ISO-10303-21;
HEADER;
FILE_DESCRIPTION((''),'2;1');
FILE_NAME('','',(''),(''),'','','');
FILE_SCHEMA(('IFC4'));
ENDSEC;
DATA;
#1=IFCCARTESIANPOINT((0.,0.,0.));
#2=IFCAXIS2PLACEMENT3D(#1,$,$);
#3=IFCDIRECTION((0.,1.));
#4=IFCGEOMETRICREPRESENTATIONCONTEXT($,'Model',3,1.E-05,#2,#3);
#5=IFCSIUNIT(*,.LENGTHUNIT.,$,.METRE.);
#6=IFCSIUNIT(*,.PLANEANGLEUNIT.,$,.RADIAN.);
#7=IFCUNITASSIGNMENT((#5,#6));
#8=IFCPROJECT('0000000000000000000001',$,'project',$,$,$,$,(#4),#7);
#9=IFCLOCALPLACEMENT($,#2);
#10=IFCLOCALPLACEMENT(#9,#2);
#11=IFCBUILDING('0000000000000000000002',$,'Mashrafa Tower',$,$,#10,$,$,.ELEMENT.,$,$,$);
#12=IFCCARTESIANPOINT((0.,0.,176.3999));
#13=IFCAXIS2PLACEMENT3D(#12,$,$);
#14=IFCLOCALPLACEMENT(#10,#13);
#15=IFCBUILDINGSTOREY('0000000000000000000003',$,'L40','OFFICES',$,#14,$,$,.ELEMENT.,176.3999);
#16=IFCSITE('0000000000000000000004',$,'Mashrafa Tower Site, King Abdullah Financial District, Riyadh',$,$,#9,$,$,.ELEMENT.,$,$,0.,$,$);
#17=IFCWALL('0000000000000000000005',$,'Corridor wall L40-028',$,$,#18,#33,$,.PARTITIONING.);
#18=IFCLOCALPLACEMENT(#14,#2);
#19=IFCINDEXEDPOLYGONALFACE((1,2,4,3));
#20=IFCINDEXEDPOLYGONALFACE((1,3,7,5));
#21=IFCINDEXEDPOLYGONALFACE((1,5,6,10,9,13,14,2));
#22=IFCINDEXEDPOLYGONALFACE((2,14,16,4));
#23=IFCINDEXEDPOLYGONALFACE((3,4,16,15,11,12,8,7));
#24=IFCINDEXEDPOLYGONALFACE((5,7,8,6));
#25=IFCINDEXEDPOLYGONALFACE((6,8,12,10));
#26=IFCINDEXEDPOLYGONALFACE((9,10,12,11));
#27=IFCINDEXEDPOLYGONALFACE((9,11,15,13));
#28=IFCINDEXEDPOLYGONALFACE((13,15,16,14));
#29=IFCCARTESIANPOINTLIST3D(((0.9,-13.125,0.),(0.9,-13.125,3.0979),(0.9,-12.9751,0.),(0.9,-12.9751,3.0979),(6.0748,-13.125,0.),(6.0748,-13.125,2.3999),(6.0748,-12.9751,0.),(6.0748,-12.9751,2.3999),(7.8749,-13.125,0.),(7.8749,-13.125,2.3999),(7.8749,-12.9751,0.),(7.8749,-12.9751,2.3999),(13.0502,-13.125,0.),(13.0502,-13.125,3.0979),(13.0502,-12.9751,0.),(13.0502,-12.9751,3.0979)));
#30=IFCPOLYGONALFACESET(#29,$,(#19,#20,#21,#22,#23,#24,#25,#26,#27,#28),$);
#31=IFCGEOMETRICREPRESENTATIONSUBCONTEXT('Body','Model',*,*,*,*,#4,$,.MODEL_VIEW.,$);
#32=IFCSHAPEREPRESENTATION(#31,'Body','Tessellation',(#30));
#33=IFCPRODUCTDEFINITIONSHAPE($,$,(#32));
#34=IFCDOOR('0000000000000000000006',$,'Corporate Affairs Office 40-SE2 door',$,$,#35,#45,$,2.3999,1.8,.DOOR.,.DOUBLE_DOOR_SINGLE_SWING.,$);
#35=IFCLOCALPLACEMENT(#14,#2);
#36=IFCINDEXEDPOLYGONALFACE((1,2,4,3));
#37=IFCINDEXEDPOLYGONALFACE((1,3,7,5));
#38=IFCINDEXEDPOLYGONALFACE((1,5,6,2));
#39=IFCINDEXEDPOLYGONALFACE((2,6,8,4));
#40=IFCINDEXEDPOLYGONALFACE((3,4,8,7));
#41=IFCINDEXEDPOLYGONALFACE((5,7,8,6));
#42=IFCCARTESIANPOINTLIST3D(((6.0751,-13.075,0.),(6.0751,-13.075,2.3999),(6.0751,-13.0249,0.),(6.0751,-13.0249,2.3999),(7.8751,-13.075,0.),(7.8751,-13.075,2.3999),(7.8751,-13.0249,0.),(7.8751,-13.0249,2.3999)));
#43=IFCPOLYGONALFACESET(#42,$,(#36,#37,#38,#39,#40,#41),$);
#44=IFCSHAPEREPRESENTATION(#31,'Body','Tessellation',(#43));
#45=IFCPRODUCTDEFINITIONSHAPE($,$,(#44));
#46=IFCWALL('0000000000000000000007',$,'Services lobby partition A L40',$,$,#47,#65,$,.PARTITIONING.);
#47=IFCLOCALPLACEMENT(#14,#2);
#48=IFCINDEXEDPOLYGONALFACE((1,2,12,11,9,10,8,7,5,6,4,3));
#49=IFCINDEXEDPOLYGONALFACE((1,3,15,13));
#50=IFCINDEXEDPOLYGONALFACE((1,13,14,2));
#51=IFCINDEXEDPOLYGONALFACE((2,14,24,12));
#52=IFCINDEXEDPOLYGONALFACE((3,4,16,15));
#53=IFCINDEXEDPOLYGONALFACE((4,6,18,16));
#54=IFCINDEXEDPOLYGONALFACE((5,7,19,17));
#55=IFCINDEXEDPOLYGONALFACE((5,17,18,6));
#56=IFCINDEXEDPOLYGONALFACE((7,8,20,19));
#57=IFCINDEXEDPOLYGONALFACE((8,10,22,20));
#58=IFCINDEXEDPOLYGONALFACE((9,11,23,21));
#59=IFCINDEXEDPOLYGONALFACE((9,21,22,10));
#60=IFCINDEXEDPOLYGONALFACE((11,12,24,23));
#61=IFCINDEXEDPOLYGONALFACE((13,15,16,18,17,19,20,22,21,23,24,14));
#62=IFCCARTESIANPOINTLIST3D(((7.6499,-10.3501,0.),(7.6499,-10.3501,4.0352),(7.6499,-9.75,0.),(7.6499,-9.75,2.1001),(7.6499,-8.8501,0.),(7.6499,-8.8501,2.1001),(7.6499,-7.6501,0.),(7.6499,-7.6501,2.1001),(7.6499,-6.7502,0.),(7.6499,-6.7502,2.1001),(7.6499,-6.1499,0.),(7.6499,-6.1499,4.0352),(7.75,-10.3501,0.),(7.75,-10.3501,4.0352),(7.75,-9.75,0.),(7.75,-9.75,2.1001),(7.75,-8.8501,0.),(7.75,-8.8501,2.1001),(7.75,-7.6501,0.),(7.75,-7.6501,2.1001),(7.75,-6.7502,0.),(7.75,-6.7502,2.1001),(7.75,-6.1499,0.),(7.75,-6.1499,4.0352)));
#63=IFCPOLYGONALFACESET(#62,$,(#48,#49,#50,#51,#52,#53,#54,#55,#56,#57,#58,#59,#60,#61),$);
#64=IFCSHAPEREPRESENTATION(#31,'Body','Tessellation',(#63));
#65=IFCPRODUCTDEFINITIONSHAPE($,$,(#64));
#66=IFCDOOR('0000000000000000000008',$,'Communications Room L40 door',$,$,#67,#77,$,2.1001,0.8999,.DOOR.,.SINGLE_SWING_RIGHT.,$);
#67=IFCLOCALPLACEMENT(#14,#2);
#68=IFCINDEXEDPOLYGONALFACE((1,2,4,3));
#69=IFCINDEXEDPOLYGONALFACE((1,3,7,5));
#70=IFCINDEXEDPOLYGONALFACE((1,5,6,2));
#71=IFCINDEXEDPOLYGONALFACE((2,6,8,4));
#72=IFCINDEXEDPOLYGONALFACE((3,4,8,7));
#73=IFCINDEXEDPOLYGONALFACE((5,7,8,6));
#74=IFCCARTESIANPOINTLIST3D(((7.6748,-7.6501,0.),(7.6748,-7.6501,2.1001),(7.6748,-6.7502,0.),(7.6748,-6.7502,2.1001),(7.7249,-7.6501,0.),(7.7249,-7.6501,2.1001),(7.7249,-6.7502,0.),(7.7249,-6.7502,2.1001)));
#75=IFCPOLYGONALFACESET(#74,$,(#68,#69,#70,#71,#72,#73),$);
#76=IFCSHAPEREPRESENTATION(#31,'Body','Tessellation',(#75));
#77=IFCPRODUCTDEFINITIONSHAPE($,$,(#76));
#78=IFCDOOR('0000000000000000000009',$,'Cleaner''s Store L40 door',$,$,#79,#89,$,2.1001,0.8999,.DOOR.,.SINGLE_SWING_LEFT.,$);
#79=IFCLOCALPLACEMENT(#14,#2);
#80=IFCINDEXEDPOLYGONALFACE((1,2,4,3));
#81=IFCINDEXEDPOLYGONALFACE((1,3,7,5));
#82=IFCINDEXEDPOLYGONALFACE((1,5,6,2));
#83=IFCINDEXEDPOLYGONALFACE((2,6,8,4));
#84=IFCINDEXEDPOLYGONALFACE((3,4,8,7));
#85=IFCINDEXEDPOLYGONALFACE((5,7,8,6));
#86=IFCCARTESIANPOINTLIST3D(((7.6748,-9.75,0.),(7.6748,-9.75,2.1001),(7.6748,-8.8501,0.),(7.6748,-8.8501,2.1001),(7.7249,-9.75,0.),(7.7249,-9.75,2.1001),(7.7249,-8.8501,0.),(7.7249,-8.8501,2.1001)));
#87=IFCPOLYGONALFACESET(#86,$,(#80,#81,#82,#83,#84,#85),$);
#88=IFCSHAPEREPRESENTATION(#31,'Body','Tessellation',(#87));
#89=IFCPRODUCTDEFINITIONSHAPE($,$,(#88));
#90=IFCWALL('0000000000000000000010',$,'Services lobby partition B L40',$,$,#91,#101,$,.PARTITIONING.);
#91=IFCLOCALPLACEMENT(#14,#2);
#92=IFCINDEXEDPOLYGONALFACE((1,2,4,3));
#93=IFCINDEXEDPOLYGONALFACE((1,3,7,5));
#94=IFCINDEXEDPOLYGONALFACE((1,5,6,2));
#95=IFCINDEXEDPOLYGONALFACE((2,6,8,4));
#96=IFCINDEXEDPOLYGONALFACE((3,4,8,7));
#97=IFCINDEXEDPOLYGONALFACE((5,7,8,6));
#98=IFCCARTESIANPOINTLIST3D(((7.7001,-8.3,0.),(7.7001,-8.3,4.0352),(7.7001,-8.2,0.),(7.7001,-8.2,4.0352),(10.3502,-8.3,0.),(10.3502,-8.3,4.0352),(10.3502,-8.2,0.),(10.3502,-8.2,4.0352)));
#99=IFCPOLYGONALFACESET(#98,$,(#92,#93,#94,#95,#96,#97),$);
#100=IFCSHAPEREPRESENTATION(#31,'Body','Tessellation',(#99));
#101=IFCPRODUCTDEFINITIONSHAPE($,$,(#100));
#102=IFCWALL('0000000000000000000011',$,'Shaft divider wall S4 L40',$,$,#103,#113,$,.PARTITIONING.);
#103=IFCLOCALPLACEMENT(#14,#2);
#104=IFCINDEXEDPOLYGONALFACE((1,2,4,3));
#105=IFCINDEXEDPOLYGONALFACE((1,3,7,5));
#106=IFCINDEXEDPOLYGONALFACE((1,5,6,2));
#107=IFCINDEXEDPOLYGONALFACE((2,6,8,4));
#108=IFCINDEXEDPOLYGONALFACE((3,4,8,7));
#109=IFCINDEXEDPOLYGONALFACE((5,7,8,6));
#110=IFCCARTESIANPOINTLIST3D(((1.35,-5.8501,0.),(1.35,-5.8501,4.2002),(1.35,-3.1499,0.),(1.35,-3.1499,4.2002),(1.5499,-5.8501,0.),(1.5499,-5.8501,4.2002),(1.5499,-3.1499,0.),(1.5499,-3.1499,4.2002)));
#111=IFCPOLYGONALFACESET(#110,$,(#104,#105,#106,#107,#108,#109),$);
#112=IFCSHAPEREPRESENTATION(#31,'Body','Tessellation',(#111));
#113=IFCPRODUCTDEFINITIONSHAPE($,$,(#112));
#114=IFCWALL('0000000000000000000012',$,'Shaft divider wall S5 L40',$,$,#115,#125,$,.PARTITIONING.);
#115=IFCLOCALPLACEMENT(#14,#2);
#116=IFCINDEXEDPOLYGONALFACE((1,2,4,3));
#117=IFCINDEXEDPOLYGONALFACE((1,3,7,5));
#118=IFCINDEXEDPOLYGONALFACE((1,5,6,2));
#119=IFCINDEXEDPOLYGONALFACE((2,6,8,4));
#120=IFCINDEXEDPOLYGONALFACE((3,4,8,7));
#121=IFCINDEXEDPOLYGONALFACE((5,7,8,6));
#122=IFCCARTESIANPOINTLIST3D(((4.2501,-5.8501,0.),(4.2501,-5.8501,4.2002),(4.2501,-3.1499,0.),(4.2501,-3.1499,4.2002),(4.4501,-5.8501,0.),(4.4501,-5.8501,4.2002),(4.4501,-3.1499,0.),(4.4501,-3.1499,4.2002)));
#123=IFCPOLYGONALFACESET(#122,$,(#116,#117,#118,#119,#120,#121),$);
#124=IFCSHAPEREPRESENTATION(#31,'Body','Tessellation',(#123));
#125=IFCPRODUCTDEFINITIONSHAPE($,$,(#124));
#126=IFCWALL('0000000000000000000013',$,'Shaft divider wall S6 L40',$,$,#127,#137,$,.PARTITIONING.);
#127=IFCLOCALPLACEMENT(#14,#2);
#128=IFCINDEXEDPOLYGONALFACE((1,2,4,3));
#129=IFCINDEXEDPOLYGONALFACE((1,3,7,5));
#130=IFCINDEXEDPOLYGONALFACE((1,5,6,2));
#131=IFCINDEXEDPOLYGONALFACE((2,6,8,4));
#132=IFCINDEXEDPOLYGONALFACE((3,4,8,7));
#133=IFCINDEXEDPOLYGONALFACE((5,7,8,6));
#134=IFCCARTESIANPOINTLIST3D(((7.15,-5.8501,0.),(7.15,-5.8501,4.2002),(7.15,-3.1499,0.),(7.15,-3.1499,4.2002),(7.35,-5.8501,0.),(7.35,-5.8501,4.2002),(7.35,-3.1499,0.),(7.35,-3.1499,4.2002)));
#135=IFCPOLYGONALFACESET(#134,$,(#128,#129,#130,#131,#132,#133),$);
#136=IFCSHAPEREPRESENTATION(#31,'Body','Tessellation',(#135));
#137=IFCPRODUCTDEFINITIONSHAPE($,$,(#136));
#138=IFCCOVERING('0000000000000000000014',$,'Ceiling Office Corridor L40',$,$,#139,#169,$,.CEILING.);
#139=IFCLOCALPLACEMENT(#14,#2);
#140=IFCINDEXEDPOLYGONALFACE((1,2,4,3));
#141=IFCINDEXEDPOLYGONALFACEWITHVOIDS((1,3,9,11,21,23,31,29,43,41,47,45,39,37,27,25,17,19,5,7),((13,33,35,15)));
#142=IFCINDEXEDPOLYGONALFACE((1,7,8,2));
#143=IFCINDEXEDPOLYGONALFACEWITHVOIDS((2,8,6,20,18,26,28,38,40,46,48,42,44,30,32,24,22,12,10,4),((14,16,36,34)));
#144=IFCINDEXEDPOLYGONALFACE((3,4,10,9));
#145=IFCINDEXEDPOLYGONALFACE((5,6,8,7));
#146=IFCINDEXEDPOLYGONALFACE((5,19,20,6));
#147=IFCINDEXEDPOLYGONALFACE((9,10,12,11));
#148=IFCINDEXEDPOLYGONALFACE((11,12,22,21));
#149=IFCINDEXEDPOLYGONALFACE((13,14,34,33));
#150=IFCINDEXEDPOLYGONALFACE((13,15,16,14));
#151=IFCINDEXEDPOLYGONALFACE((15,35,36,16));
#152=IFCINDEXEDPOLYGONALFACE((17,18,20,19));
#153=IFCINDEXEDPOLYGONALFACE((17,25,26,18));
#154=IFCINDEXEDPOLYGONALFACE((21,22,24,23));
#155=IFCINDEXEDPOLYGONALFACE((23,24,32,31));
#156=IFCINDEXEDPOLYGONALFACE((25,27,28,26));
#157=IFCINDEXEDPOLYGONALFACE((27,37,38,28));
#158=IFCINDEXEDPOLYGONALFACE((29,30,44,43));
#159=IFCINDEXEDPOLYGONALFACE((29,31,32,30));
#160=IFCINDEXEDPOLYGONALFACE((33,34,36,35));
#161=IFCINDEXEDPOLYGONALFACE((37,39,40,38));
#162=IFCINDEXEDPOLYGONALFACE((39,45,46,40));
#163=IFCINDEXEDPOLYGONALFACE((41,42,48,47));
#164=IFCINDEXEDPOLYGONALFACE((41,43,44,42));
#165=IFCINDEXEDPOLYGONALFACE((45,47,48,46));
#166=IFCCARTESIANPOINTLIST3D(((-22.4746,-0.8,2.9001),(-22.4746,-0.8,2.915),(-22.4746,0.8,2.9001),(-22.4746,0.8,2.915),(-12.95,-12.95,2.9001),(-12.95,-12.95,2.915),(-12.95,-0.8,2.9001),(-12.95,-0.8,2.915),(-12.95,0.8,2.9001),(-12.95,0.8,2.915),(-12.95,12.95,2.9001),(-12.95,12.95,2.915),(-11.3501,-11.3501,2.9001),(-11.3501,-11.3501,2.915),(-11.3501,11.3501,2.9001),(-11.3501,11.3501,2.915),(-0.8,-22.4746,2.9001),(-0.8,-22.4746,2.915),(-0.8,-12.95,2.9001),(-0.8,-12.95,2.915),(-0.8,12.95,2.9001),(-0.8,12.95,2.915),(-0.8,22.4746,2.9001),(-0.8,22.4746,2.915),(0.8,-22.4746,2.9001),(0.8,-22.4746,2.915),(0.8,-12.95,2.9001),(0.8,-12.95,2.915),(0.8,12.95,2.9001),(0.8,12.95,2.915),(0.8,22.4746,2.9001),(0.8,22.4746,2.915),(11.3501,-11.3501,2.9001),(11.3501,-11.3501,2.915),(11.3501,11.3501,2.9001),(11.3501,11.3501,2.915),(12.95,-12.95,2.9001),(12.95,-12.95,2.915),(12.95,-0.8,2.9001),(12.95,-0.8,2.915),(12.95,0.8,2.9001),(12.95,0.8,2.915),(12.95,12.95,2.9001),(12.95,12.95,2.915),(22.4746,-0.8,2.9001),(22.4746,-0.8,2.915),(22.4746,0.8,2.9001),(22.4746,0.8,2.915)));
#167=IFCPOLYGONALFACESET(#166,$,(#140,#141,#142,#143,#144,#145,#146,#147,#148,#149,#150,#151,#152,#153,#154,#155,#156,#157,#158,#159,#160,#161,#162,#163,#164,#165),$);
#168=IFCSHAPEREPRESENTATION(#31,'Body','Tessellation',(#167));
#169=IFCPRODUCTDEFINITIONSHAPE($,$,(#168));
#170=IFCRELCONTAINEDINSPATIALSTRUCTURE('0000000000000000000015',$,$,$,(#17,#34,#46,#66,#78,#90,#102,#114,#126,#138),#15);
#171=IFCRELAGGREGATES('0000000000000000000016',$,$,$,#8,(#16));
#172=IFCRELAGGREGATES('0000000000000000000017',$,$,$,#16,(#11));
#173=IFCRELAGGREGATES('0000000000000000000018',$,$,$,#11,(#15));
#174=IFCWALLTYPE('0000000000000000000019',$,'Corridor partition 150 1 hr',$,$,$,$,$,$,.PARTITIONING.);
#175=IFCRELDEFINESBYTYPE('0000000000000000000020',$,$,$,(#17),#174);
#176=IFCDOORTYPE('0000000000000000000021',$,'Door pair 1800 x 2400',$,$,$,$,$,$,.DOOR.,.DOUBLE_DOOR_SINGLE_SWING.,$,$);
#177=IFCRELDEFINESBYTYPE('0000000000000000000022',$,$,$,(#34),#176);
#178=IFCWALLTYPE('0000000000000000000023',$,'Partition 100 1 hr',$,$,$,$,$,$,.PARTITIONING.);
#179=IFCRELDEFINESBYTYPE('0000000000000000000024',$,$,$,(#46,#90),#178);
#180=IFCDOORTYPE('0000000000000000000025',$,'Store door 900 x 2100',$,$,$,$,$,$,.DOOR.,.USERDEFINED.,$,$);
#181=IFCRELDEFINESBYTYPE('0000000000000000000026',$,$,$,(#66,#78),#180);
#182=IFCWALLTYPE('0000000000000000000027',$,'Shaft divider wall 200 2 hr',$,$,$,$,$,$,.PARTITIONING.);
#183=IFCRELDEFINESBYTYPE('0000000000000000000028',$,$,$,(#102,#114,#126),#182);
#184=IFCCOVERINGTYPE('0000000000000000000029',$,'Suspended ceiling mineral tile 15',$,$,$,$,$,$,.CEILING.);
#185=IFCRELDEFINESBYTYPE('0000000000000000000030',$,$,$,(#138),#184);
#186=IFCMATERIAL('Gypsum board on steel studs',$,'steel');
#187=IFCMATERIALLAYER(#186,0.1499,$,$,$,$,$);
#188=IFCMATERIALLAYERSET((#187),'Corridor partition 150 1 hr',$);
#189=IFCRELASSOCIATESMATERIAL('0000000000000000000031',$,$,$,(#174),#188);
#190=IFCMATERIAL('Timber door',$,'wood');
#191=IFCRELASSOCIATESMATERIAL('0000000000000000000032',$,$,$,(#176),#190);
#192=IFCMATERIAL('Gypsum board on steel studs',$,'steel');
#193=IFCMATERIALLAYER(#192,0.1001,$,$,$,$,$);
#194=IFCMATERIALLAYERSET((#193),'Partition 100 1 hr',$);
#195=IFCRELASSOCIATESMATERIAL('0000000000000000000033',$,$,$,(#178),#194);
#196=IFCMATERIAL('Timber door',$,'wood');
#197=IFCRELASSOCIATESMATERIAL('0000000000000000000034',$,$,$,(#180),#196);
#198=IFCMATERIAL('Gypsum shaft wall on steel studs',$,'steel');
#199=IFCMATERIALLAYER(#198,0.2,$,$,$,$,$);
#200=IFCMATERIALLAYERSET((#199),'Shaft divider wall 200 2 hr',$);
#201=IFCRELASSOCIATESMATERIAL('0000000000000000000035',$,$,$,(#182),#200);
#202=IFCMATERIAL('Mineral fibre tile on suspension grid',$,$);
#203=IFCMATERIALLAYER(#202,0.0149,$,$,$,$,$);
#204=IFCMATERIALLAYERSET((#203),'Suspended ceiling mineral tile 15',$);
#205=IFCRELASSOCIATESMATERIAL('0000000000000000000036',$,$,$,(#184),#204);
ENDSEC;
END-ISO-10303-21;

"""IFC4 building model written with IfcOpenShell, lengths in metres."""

from ifc_helpers import new_model, si_unit, direction, frame, frame_2d, origin, place, context, subcontext, project, spatial, polyline, rectangle, outline, extrude, material, layer, layer_set, type_object, element, fill, save


model = new_model("IFC4")

# Units and contexts
model_context = context("Model", 3, precision=1e-05, world=origin(), true_north=direction((0.0, 1.0)))
body_context = subcontext(model_context, "Body", "Model", "MODEL_VIEW")
ifc_project = project(units=[si_unit("LENGTHUNIT", "METRE"), si_unit("PLANEANGLEUNIT", "RADIAN")], contexts=[model_context])

# Site, building, storey
site_placement = place(None, origin())
site = spatial("IfcSite", under=ifc_project, at=site_placement, Name="Mashrafa Tower Site, King Abdullah Financial District, Riyadh", CompositionType="ELEMENT", RefElevation=0.0)
building_placement = place(site_placement, origin())
building = spatial("IfcBuilding", under=site, at=building_placement, Name="Mashrafa Tower", CompositionType="ELEMENT")
storey_placement = place(building_placement, frame((0.0, 0.0, 176.3999)))
storey = spatial("IfcBuildingStorey", under=building, at=storey_placement, Name="L40", Description="OFFICES", CompositionType="ELEMENT", Elevation=176.3999)

# Wall, opening, door
ifc_material_1 = material(Name="Gypsum board on steel studs", Category="steel")
ifc_layer_1 = layer(ifc_material_1, 0.1499)
ifc_layer_set_1 = layer_set([ifc_layer_1], Name="Corridor partition 150 1 hr")
wall_type_1 = type_object("IfcWallType", Name="Corridor partition 150 1 hr", PredefinedType="PARTITIONING", material=ifc_layer_set_1)
wall_1_placement = place(storey_placement, frame((0.8999, -13.05, 0.0), z_axis=(0.0, 0.0, 1.0), x_axis=(1.0, 0.0, 0.0)))
wall_1 = element("IfcWall", 1, at=wall_1_placement, inside=storey, type_object=wall_type_1, Name="Corridor wall L40-028", PredefinedType="PARTITIONING", context=body_context, shape_type="SweptSolid", body=[
    extrude(rectangle(XDim=12.1501, YDim=0.1499, at=frame_2d((6.0752, 0.0))), origin(), (0.0, 0.0, 1.0), 3.0979),
])
opening_1_placement = place(wall_1_placement, frame((5.175, 0.0, 0.0)))
opening_1 = element("IfcOpeningElement", 2, at=opening_1_placement, cuts=wall_1, PredefinedType="OPENING", context=body_context, shape_type="SweptSolid", body=[
    extrude(rectangle(XDim=1.8, YDim=2.3999, at=frame_2d((0.8999, 1.2))), frame((0.0, 0.085, 0.0), z_axis=(0.0, -1.0, 0.0), x_axis=(1.0, 0.0, 0.0)), (0.0, 0.0, 1.0), 0.1699),
])
ifc_material_2 = material(Name="Timber door", Category="wood")
door_type_1 = type_object("IfcDoorType", Name="Door pair 1800 x 2400", OperationType="DOUBLE_DOOR_SINGLE_SWING", PredefinedType="DOOR", material=ifc_material_2)
door_1_placement = place(opening_1_placement, frame((1.8, 0.0, 0.0), z_axis=(0.0, 0.0, 1.0), x_axis=(-1.0, 0.0, 0.0)))
door_1 = element("IfcDoor", 3, at=door_1_placement, inside=storey, type_object=door_type_1, Name="Corporate Affairs Office 40-SE2 door", OperationType="DOUBLE_DOOR_SINGLE_SWING", OverallHeight=2.3999, OverallWidth=1.8, PredefinedType="DOOR", context=body_context, shape_type="SweptSolid", body=[
    extrude(rectangle(XDim=1.8, YDim=2.3999, at=frame_2d((0.8999, 1.2))), frame((0.0, 0.0249, 0.0), z_axis=(0.0, -1.0, 0.0), x_axis=(1.0, 0.0, 0.0)), (0.0, 0.0, 1.0), 0.05),
])
fill(opening_1, door_1)

# Wall, openings, doors
ifc_material_3 = material(Name="Gypsum board on steel studs", Category="steel")
ifc_layer_2 = layer(ifc_material_3, 0.1001)
ifc_layer_set_2 = layer_set([ifc_layer_2], Name="Partition 100 1 hr")
wall_type_2 = type_object("IfcWallType", Name="Partition 100 1 hr", PredefinedType="PARTITIONING", material=ifc_layer_set_2)
wall_2_placement = place(storey_placement, frame((7.7, -10.3501, 0.0), z_axis=(0.0, 0.0, 1.0), x_axis=(0.0, 1.0, 0.0)))
wall_2 = element("IfcWall", 4, at=wall_2_placement, inside=storey, type_object=wall_type_2, Name="Services lobby partition A L40", PredefinedType="PARTITIONING", context=body_context, shape_type="SweptSolid", body=[
    extrude(rectangle(XDim=4.2002, YDim=0.1001, at=frame_2d((2.1001, 0.0))), origin(), (0.0, 0.0, 1.0), 4.0352),
])
opening_2_placement = place(wall_2_placement, frame((2.7, 0.0, 0.0)))
opening_2 = element("IfcOpeningElement", 5, at=opening_2_placement, cuts=wall_2, PredefinedType="OPENING", context=body_context, shape_type="SweptSolid", body=[
    extrude(rectangle(XDim=0.8999, YDim=2.1001, at=frame_2d((0.45, 1.05))), frame((0.0, 0.0601, 0.0), z_axis=(0.0, -1.0, 0.0), x_axis=(1.0, 0.0, 0.0)), (0.0, 0.0, 1.0), 0.1201),
])
opening_3_placement = place(wall_2_placement, frame((0.6001, 0.0, 0.0)))
opening_3 = element("IfcOpeningElement", 6, at=opening_3_placement, cuts=wall_2, PredefinedType="OPENING", context=body_context, shape_type="SweptSolid", body=[
    extrude(rectangle(XDim=0.8999, YDim=2.1001, at=frame_2d((0.45, 1.05))), frame((0.0, 0.0601, 0.0), z_axis=(0.0, -1.0, 0.0), x_axis=(1.0, 0.0, 0.0)), (0.0, 0.0, 1.0), 0.1201),
])
ifc_material_4 = material(Name="Timber door", Category="wood")
door_type_2 = type_object("IfcDoorType", Name="Store door 900 x 2100", OperationType="USERDEFINED", PredefinedType="DOOR", material=ifc_material_4)
door_2_placement = place(opening_2_placement, frame((0.8999, 0.0, 0.0), z_axis=(0.0, 0.0, 1.0), x_axis=(-1.0, 0.0, 0.0)))
door_2 = element("IfcDoor", 7, at=door_2_placement, inside=storey, type_object=door_type_2, Name="Communications Room L40 door", OperationType="SINGLE_SWING_RIGHT", OverallHeight=2.1001, OverallWidth=0.8999, PredefinedType="DOOR", context=body_context, shape_type="SweptSolid", body=[
    extrude(rectangle(XDim=0.8999, YDim=2.1001, at=frame_2d((0.45, 1.05))), frame((0.0, 0.0249, 0.0), z_axis=(0.0, -1.0, 0.0), x_axis=(1.0, 0.0, 0.0)), (0.0, 0.0, 1.0), 0.05),
])
fill(opening_2, door_2)
door_3_placement = place(opening_3_placement, frame((0.8999, 0.0, 0.0), z_axis=(0.0, 0.0, 1.0), x_axis=(-1.0, 0.0, 0.0)))
door_3 = element("IfcDoor", 8, at=door_3_placement, inside=storey, type_object=door_type_2, Name="Cleaner's Store L40 door", OperationType="SINGLE_SWING_LEFT", OverallHeight=2.1001, OverallWidth=0.8999, PredefinedType="DOOR", context=body_context, shape_type="SweptSolid", body=[
    extrude(rectangle(XDim=0.8999, YDim=2.1001, at=frame_2d((0.45, 1.05))), frame((0.0, 0.0249, 0.0), z_axis=(0.0, -1.0, 0.0), x_axis=(1.0, 0.0, 0.0)), (0.0, 0.0, 1.0), 0.05),
])
fill(opening_3, door_3)

# Walls
wall_3_placement = place(storey_placement, frame((7.7, -8.25, 0.0), z_axis=(0.0, 0.0, 1.0), x_axis=(1.0, 0.0, 0.0)))
element("IfcWall", 9, at=wall_3_placement, inside=storey, type_object=wall_type_2, Name="Services lobby partition B L40", PredefinedType="PARTITIONING", context=body_context, shape_type="SweptSolid", body=[
    extrude(rectangle(XDim=2.6501, YDim=0.1001, at=frame_2d((1.3252, 0.0))), origin(), (0.0, 0.0, 1.0), 4.0352),
])
ifc_material_5 = material(Name="Gypsum shaft wall on steel studs", Category="steel")
ifc_layer_3 = layer(ifc_material_5, 0.2)
ifc_layer_set_3 = layer_set([ifc_layer_3], Name="Shaft divider wall 200 2 hr")
wall_type_3 = type_object("IfcWallType", Name="Shaft divider wall 200 2 hr", PredefinedType="PARTITIONING", material=ifc_layer_set_3)
for number, where, z_axis, x_axis, name in (
    (10, (1.45, -5.8501, 0.0), (0.0, 0.0, 1.0), (0.0, 1.0, 0.0), "Shaft divider wall S4 L40"),
    (11, (4.3501, -5.8501, 0.0), (0.0, 0.0, 1.0), (0.0, 1.0, 0.0), "Shaft divider wall S5 L40"),
    (12, (7.25, -5.8501, 0.0), (0.0, 0.0, 1.0), (0.0, 1.0, 0.0), "Shaft divider wall S6 L40"),
):
    element("IfcWall", number, at=place(storey_placement, frame(where, z_axis=z_axis, x_axis=x_axis)), inside=storey, type_object=wall_type_3, Name=name, PredefinedType="PARTITIONING", context=body_context, shape_type="SweptSolid", body=[
        extrude(rectangle(XDim=2.7002, YDim=0.2, at=frame_2d((1.3501, 0.0))), origin(), (0.0, 0.0, 1.0), 4.2002),
    ])

# Covering
ifc_material_6 = material(Name="Mineral fibre tile on suspension grid")
ifc_layer_4 = layer(ifc_material_6, 0.0149)
ifc_layer_set_4 = layer_set([ifc_layer_4], Name="Suspended ceiling mineral tile 15")
covering_type = type_object("IfcCoveringType", Name="Suspended ceiling mineral tile 15", PredefinedType="CEILING", material=ifc_layer_set_4)
covering_1_placement = place(storey_placement, frame((0.0, 0.0, 2.9001)))
element("IfcCovering", 13, at=covering_1_placement, inside=storey, type_object=covering_type, Name="Ceiling Office Corridor L40", PredefinedType="CEILING", context=body_context, shape_type="SweptSolid", body=[
    extrude(outline(polyline([(-12.95, -12.95), (-12.95, -0.8), (-22.4746, -0.8), (-22.4746, 0.8), (-12.95, 0.8), (-12.95, 12.95), (-0.8, 12.95), (-0.8, 22.4746), (0.8, 22.4746), (0.8, 12.95), (12.95, 12.95), (12.95, 0.8), (22.4746, 0.8), (22.4746, -0.8), (12.95, -0.8), (12.95, -12.95), (0.8, -12.95), (0.8, -22.4746), (-0.8, -22.4746), (-0.8, -12.95), (-12.95, -12.95)]), holes=[polyline([(11.3501, 11.3501), (-11.3501, 11.3501), (-11.3501, -11.3501), (11.3501, -11.3501), (11.3501, 11.3501)])]), origin(), (0.0, 0.0, 1.0), 0.0149),
])

save(model, "model.ifc")
